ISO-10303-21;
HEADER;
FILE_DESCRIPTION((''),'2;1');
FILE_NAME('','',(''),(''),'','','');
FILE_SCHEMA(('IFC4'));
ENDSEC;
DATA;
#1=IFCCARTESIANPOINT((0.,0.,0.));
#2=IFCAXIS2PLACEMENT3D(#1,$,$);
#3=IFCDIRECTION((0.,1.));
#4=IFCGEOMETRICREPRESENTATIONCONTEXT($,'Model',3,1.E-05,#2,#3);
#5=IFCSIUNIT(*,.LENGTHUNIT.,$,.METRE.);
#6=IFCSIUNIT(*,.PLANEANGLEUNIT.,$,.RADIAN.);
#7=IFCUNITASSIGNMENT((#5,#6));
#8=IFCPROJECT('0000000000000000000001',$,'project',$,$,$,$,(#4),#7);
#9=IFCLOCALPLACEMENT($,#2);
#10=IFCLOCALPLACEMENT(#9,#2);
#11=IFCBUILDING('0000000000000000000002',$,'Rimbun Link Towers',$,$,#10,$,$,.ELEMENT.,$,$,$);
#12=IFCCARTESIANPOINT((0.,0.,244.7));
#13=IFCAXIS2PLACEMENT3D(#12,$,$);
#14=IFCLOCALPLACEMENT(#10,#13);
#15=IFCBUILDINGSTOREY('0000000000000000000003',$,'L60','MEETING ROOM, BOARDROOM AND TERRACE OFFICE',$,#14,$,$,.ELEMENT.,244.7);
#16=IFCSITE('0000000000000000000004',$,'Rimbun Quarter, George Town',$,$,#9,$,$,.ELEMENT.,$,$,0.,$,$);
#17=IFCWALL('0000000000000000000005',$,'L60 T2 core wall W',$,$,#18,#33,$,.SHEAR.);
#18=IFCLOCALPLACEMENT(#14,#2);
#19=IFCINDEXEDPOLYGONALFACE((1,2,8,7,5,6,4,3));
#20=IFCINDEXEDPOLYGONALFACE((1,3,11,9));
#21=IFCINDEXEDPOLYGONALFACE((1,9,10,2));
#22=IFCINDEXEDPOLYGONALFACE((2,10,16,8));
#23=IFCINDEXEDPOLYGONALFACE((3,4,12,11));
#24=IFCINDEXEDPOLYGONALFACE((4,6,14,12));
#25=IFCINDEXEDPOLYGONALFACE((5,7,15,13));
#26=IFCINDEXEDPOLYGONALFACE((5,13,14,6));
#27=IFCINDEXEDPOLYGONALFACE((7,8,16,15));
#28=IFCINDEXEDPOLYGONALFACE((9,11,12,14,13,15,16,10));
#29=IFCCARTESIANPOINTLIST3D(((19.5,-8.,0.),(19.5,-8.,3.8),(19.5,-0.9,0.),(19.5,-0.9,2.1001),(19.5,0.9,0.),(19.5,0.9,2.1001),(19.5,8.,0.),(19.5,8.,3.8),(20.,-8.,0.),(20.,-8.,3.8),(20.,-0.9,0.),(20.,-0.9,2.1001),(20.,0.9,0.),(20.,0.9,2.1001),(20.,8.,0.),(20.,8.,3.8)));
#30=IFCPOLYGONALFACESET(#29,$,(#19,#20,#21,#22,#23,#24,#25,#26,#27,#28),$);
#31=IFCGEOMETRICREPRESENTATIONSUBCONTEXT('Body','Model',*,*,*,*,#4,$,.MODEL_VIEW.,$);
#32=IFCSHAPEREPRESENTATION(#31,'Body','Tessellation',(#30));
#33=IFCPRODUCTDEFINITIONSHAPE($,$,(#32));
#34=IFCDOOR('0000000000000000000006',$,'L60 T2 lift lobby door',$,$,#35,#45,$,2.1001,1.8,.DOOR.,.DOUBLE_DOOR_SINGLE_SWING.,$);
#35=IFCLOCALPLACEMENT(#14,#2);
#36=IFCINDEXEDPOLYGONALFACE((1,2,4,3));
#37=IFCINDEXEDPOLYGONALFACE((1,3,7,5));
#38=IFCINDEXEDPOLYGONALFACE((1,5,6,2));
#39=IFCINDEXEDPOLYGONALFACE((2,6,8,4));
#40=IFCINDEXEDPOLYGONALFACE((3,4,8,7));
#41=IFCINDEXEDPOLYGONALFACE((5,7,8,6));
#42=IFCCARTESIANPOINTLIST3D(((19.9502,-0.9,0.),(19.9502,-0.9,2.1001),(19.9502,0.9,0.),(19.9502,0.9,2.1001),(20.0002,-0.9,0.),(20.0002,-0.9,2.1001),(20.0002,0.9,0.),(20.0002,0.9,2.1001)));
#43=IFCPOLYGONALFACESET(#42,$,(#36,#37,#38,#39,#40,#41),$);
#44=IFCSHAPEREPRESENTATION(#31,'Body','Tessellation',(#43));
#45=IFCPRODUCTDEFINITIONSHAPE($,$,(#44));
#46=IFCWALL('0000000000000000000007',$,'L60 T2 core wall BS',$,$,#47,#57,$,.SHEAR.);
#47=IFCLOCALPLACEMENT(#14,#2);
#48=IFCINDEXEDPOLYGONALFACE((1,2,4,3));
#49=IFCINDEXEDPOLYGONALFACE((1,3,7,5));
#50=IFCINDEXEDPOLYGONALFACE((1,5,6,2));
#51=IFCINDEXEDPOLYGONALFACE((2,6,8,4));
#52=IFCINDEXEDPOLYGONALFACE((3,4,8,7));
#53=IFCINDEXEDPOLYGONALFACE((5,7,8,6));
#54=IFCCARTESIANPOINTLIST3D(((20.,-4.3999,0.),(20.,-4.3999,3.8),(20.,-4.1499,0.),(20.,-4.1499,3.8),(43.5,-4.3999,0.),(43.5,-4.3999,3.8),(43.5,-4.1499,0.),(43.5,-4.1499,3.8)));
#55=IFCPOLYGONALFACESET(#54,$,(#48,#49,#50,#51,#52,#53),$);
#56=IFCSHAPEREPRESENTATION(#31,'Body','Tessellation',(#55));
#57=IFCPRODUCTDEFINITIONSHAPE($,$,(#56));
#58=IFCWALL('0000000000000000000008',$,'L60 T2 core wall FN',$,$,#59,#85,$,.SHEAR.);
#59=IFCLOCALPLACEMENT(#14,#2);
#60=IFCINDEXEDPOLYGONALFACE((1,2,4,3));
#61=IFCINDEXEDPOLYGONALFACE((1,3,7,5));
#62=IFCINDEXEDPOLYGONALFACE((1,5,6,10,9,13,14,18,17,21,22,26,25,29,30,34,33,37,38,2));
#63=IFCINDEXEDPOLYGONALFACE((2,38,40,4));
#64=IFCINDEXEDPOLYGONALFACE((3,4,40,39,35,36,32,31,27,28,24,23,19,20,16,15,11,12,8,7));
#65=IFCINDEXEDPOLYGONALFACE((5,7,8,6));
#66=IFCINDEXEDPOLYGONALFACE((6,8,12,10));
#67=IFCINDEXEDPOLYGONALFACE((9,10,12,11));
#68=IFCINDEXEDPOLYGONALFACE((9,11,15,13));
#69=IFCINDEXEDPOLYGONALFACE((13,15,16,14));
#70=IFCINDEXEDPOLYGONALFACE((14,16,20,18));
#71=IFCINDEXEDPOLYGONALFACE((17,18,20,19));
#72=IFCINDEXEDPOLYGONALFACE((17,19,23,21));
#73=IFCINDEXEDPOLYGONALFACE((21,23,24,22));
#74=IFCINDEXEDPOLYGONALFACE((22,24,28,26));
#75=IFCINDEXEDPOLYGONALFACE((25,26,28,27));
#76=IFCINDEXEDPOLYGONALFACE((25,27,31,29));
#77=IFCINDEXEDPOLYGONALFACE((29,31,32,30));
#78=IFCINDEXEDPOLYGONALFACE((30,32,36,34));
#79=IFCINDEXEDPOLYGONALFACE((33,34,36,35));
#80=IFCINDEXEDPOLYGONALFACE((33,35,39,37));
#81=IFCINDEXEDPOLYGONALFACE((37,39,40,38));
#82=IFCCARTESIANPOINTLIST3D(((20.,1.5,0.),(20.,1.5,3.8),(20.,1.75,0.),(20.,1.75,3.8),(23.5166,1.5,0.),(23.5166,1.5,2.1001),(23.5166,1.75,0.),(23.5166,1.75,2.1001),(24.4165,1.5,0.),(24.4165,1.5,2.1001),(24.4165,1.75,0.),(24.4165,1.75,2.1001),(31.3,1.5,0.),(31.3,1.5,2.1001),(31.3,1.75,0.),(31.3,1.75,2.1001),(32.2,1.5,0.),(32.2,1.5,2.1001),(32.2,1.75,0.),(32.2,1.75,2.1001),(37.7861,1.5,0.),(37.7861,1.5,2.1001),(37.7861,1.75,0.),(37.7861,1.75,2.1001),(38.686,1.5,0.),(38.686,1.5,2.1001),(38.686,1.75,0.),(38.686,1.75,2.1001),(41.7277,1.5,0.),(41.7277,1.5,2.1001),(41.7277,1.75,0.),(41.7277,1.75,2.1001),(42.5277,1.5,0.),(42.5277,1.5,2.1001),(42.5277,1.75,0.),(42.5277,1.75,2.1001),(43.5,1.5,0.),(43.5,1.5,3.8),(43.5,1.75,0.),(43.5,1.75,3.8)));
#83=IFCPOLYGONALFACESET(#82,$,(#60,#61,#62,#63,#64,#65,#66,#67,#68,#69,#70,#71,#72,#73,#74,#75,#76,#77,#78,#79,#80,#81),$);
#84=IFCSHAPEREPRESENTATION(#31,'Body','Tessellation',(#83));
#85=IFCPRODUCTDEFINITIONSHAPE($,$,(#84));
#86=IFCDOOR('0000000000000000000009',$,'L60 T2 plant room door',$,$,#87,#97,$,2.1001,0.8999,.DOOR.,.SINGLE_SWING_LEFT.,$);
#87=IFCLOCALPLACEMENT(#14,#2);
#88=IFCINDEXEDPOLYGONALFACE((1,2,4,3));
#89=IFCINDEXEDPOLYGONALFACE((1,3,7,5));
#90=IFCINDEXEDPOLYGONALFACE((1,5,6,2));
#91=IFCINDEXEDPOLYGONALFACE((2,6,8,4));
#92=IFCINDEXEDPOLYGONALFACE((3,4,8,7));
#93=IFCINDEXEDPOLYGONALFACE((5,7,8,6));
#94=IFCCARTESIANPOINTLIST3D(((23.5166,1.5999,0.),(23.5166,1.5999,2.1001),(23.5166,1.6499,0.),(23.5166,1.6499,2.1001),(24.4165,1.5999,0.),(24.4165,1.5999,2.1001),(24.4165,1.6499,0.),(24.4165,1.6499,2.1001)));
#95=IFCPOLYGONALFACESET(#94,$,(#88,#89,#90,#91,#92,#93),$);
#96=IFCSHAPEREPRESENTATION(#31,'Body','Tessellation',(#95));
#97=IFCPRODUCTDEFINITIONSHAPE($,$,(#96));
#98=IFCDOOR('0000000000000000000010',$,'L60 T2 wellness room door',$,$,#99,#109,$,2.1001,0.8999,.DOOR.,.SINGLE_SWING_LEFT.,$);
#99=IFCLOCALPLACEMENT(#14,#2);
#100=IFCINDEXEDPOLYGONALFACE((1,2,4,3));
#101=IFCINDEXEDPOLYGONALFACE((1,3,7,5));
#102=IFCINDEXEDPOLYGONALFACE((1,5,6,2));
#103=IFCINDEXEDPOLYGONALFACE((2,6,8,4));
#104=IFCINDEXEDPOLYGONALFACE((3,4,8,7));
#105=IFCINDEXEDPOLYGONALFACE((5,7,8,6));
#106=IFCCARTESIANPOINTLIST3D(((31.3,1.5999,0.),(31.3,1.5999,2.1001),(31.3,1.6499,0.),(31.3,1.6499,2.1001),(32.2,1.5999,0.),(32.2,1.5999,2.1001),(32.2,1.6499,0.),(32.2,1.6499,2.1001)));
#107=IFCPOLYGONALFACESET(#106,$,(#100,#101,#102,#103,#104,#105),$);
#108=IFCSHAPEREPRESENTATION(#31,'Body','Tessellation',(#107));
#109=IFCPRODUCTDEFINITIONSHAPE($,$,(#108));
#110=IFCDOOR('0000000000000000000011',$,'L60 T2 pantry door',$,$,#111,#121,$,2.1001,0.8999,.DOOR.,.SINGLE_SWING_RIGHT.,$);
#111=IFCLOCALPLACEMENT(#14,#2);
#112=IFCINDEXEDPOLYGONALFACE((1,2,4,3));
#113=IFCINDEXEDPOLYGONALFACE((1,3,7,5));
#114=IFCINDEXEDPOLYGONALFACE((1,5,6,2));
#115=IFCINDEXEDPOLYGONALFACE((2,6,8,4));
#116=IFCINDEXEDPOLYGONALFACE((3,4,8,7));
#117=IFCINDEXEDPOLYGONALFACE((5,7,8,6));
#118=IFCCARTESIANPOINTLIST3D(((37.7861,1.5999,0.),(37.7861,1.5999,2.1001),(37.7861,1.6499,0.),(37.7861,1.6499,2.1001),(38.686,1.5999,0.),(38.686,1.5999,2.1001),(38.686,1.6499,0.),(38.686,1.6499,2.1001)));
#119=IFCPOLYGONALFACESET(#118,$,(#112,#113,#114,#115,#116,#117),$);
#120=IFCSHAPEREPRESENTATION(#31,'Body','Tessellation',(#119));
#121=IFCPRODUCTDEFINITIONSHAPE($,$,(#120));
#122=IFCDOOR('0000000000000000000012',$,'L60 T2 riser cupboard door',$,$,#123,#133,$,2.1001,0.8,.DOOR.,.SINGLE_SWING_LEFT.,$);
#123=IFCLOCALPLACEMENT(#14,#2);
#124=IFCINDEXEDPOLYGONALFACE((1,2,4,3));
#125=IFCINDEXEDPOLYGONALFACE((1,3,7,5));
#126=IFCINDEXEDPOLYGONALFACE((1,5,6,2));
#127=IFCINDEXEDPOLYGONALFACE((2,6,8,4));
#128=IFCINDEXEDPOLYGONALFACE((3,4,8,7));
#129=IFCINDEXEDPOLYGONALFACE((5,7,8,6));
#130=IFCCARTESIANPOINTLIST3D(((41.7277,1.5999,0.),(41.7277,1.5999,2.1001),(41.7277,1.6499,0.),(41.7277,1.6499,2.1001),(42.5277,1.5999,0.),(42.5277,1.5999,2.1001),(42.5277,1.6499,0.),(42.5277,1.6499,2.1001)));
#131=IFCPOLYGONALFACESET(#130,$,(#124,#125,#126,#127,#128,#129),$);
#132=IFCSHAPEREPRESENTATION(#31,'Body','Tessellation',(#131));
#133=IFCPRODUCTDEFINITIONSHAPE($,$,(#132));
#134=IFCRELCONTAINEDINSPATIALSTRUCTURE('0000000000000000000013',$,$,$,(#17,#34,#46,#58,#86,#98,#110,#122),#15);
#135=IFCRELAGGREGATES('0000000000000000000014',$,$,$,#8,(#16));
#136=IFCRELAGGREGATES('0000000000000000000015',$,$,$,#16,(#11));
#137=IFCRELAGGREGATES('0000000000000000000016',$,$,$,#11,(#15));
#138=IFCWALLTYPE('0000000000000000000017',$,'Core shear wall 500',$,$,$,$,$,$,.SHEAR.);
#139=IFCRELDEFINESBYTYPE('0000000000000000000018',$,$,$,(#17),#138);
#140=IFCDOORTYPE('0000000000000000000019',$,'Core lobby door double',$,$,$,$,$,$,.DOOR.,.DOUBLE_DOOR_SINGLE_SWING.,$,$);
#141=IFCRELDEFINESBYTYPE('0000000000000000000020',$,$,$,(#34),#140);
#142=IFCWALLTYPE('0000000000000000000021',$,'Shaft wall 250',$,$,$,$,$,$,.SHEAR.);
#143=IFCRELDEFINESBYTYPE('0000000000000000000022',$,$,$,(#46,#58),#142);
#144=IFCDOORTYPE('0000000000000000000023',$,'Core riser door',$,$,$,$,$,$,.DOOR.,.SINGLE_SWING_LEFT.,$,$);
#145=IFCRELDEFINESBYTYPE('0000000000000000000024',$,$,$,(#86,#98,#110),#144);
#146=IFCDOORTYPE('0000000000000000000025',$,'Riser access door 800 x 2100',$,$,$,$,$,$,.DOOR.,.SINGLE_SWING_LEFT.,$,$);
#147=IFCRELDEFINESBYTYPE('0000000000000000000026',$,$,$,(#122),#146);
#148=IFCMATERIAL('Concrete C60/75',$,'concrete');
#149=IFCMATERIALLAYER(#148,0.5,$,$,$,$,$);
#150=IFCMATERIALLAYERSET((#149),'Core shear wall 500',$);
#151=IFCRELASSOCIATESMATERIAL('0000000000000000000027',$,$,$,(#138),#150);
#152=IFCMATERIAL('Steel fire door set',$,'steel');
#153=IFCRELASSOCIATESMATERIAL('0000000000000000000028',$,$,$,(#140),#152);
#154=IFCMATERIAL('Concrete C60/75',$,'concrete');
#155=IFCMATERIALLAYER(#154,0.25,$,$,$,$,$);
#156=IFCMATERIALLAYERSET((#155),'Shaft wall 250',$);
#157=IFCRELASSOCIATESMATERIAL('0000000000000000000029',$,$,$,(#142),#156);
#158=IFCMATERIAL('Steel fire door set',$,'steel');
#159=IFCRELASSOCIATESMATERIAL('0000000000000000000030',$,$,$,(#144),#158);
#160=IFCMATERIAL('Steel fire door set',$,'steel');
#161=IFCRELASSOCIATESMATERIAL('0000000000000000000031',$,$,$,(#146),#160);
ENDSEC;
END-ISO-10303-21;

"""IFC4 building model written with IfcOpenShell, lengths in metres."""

from ifc_helpers import new_model, si_unit, direction, frame, frame_2d, origin, place, context, subcontext, project, spatial, rectangle, extrude, material, layer, layer_set, type_object, element, fill, save


model = new_model("IFC4")

# Units and contexts
model_context = context("Model", 3, precision=1e-05, world=origin(), true_north=direction((0.0, 1.0)))
body_context = subcontext(model_context, "Body", "Model", "MODEL_VIEW")
ifc_project = project(units=[si_unit("LENGTHUNIT", "METRE"), si_unit("PLANEANGLEUNIT", "RADIAN")], contexts=[model_context])

# Site, building, storey
site_placement = place(None, origin())
site = spatial("IfcSite", under=ifc_project, at=site_placement, Name="Rimbun Quarter, George Town", CompositionType="ELEMENT", RefElevation=0.0)
building_placement = place(site_placement, origin())
building = spatial("IfcBuilding", under=site, at=building_placement, Name="Rimbun Link Towers", CompositionType="ELEMENT")
storey_placement = place(building_placement, frame((0.0, 0.0, 244.7)))
storey = spatial("IfcBuildingStorey", under=building, at=storey_placement, Name="L60", Description="MEETING ROOM, BOARDROOM AND TERRACE OFFICE", CompositionType="ELEMENT", Elevation=244.7)

# Shared definitions
ifc_material_1 = material(Name="Concrete C60/75", Category="concrete")
ifc_layer_1 = layer(ifc_material_1, 0.5)
ifc_layer_set_1 = layer_set([ifc_layer_1], Name="Core shear wall 500")
wall_type_1 = type_object("IfcWallType", Name="Core shear wall 500", PredefinedType="SHEAR", material=ifc_layer_set_1)

# Wall, opening, door
wall_1_placement = place(storey_placement, frame((19.75, -8.0, 0.0), z_axis=(0.0, 0.0, 1.0), x_axis=(0.0, 1.0, 0.0)))
wall_1 = element("IfcWall", 1, at=wall_1_placement, inside=storey, type_object=wall_type_1, Name="L60 T2 core wall W", PredefinedType="SHEAR", context=body_context, shape_type="SweptSolid", body=[
    extrude(rectangle(XDim=16.0, YDim=0.5, at=frame_2d((8.0, 0.0))), origin(), (0.0, 0.0, 1.0), 3.8),
])
opening_1_placement = place(wall_1_placement, frame((7.1001, 0.0, 0.0)))
opening_1 = element("IfcOpeningElement", 2, at=opening_1_placement, cuts=wall_1, PredefinedType="OPENING", context=body_context, shape_type="SweptSolid", body=[
    extrude(rectangle(XDim=1.8, YDim=2.1001, at=frame_2d((0.8999, 1.05))), frame((0.0, 0.26, 0.0), z_axis=(0.0, -1.0, 0.0), x_axis=(1.0, 0.0, 0.0)), (0.0, 0.0, 1.0), 0.52),
])
ifc_material_2 = material(Name="Steel fire door set", Category="steel")
door_type_1 = type_object("IfcDoorType", Name="Core lobby door double", OperationType="DOUBLE_DOOR_SINGLE_SWING", PredefinedType="DOOR", material=ifc_material_2)
door_1_placement = place(opening_1_placement, origin())
door_1 = element("IfcDoor", 3, at=door_1_placement, inside=storey, type_object=door_type_1, Name="L60 T2 lift lobby door", OperationType="DOUBLE_DOOR_SINGLE_SWING", OverallHeight=2.1001, OverallWidth=1.8, PredefinedType="DOOR", context=body_context, shape_type="SweptSolid", body=[
    extrude(rectangle(XDim=1.8, YDim=2.1001, at=frame_2d((0.8999, 1.05))), frame((0.0, -0.2002, 0.0), z_axis=(0.0, -1.0, 0.0), x_axis=(1.0, 0.0, 0.0)), (0.0, 0.0, 1.0), 0.05),
])
fill(opening_1, door_1)

# Wall
ifc_material_3 = material(Name="Concrete C60/75", Category="concrete")
ifc_layer_2 = layer(ifc_material_3, 0.25)
ifc_layer_set_2 = layer_set([ifc_layer_2], Name="Shaft wall 250")
wall_type_2 = type_object("IfcWallType", Name="Shaft wall 250", PredefinedType="SHEAR", material=ifc_layer_set_2)
wall_2_placement = place(storey_placement, frame((20.0, -4.2749, 0.0), z_axis=(0.0, 0.0, 1.0), x_axis=(1.0, 0.0, 0.0)))
element("IfcWall", 4, at=wall_2_placement, inside=storey, type_object=wall_type_2, Name="L60 T2 core wall BS", PredefinedType="SHEAR", context=body_context, shape_type="SweptSolid", body=[
    extrude(rectangle(XDim=23.5, YDim=0.25, at=frame_2d((11.75, 0.0))), origin(), (0.0, 0.0, 1.0), 3.8),
])

# Wall, openings, doors
wall_3_placement = place(storey_placement, frame((20.0, 1.625, 0.0), z_axis=(0.0, 0.0, 1.0), x_axis=(1.0, 0.0, 0.0)))
wall_3 = element("IfcWall", 5, at=wall_3_placement, inside=storey, type_object=wall_type_2, Name="L60 T2 core wall FN", PredefinedType="SHEAR", context=body_context, shape_type="SweptSolid", body=[
    extrude(rectangle(XDim=23.5, YDim=0.25, at=frame_2d((11.75, 0.0))), origin(), (0.0, 0.0, 1.0), 3.8),
])
opening_2_placement = place(wall_3_placement, frame((3.5166, 0.0, 0.0)))
opening_2 = element("IfcOpeningElement", 6, at=opening_2_placement, cuts=wall_3, PredefinedType="OPENING", context=body_context, shape_type="SweptSolid", body=[
    extrude(rectangle(XDim=0.8999, YDim=2.1001, at=frame_2d((0.45, 1.05))), frame((0.0, 0.135, 0.0), z_axis=(0.0, -1.0, 0.0), x_axis=(1.0, 0.0, 0.0)), (0.0, 0.0, 1.0), 0.27),
])
opening_3_placement = place(wall_3_placement, frame((11.3, 0.0, 0.0)))
opening_3 = element("IfcOpeningElement", 7, at=opening_3_placement, cuts=wall_3, PredefinedType="OPENING", context=body_context, shape_type="SweptSolid", body=[
    extrude(rectangle(XDim=0.8999, YDim=2.1001, at=frame_2d((0.45, 1.05))), frame((0.0, 0.135, 0.0), z_axis=(0.0, -1.0, 0.0), x_axis=(1.0, 0.0, 0.0)), (0.0, 0.0, 1.0), 0.27),
])
opening_4_placement = place(wall_3_placement, frame((17.7861, 0.0, 0.0)))
opening_4 = element("IfcOpeningElement", 8, at=opening_4_placement, cuts=wall_3, PredefinedType="OPENING", context=body_context, shape_type="SweptSolid", body=[
    extrude(rectangle(XDim=0.8999, YDim=2.1001, at=frame_2d((0.45, 1.05))), frame((0.0, 0.135, 0.0), z_axis=(0.0, -1.0, 0.0), x_axis=(1.0, 0.0, 0.0)), (0.0, 0.0, 1.0), 0.27),
])
opening_5_placement = place(wall_3_placement, frame((21.7278, 0.0, 0.0)))
opening_5 = element("IfcOpeningElement", 9, at=opening_5_placement, cuts=wall_3, PredefinedType="OPENING", context=body_context, shape_type="SweptSolid", body=[
    extrude(rectangle(XDim=0.8, YDim=2.1001, at=frame_2d((0.3999, 1.05))), frame((0.0, 0.135, 0.0), z_axis=(0.0, -1.0, 0.0), x_axis=(1.0, 0.0, 0.0)), (0.0, 0.0, 1.0), 0.27),
])
ifc_material_4 = material(Name="Steel fire door set", Category="steel")
door_type_2 = type_object("IfcDoorType", Name="Core riser door", OperationType="SINGLE_SWING_LEFT", PredefinedType="DOOR", material=ifc_material_4)
door_2_placement = place(opening_2_placement, origin())
door_2 = element("IfcDoor", 10, at=door_2_placement, inside=storey, type_object=door_type_2, Name="L60 T2 plant room door", OperationType="SINGLE_SWING_LEFT", OverallHeight=2.1001, OverallWidth=0.8999, PredefinedType="DOOR", context=body_context, shape_type="SweptSolid", body=[
    extrude(rectangle(XDim=0.8999, YDim=2.1001, at=frame_2d((0.45, 1.05))), frame((0.0, 0.0249, 0.0), z_axis=(0.0, -1.0, 0.0), x_axis=(1.0, 0.0, 0.0)), (0.0, 0.0, 1.0), 0.05),
])
fill(opening_2, door_2)
door_3_placement = place(opening_3_placement, origin())
door_3 = element("IfcDoor", 11, at=door_3_placement, inside=storey, type_object=door_type_2, Name="L60 T2 wellness room door", OperationType="SINGLE_SWING_LEFT", OverallHeight=2.1001, OverallWidth=0.8999, PredefinedType="DOOR", context=body_context, shape_type="SweptSolid", body=[
    extrude(rectangle(XDim=0.8999, YDim=2.1001, at=frame_2d((0.45, 1.05))), frame((0.0, 0.0249, 0.0), z_axis=(0.0, -1.0, 0.0), x_axis=(1.0, 0.0, 0.0)), (0.0, 0.0, 1.0), 0.05),
])
fill(opening_3, door_3)
door_4_placement = place(opening_4_placement, origin())
door_4 = element("IfcDoor", 12, at=door_4_placement, inside=storey, type_object=door_type_2, Name="L60 T2 pantry door", OperationType="SINGLE_SWING_RIGHT", OverallHeight=2.1001, OverallWidth=0.8999, PredefinedType="DOOR", context=body_context, shape_type="SweptSolid", body=[
    extrude(rectangle(XDim=0.8999, YDim=2.1001, at=frame_2d((0.45, 1.05))), frame((0.0, 0.0249, 0.0), z_axis=(0.0, -1.0, 0.0), x_axis=(1.0, 0.0, 0.0)), (0.0, 0.0, 1.0), 0.05),
])
fill(opening_4, door_4)
ifc_material_5 = material(Name="Steel fire door set", Category="steel")
door_type_3 = type_object("IfcDoorType", Name="Riser access door 800 x 2100", OperationType="SINGLE_SWING_LEFT", PredefinedType="DOOR", material=ifc_material_5)
door_5_placement = place(opening_5_placement, origin())
door_5 = element("IfcDoor", 13, at=door_5_placement, inside=storey, type_object=door_type_3, Name="L60 T2 riser cupboard door", OperationType="SINGLE_SWING_LEFT", OverallHeight=2.1001, OverallWidth=0.8, PredefinedType="DOOR", context=body_context, shape_type="SweptSolid", body=[
    extrude(rectangle(XDim=0.8, YDim=2.1001, at=frame_2d((0.3999, 1.05))), frame((0.0, 0.0249, 0.0), z_axis=(0.0, -1.0, 0.0), x_axis=(1.0, 0.0, 0.0)), (0.0, 0.0, 1.0), 0.05),
])
fill(opening_5, door_5)

save(model, "model.ifc")
